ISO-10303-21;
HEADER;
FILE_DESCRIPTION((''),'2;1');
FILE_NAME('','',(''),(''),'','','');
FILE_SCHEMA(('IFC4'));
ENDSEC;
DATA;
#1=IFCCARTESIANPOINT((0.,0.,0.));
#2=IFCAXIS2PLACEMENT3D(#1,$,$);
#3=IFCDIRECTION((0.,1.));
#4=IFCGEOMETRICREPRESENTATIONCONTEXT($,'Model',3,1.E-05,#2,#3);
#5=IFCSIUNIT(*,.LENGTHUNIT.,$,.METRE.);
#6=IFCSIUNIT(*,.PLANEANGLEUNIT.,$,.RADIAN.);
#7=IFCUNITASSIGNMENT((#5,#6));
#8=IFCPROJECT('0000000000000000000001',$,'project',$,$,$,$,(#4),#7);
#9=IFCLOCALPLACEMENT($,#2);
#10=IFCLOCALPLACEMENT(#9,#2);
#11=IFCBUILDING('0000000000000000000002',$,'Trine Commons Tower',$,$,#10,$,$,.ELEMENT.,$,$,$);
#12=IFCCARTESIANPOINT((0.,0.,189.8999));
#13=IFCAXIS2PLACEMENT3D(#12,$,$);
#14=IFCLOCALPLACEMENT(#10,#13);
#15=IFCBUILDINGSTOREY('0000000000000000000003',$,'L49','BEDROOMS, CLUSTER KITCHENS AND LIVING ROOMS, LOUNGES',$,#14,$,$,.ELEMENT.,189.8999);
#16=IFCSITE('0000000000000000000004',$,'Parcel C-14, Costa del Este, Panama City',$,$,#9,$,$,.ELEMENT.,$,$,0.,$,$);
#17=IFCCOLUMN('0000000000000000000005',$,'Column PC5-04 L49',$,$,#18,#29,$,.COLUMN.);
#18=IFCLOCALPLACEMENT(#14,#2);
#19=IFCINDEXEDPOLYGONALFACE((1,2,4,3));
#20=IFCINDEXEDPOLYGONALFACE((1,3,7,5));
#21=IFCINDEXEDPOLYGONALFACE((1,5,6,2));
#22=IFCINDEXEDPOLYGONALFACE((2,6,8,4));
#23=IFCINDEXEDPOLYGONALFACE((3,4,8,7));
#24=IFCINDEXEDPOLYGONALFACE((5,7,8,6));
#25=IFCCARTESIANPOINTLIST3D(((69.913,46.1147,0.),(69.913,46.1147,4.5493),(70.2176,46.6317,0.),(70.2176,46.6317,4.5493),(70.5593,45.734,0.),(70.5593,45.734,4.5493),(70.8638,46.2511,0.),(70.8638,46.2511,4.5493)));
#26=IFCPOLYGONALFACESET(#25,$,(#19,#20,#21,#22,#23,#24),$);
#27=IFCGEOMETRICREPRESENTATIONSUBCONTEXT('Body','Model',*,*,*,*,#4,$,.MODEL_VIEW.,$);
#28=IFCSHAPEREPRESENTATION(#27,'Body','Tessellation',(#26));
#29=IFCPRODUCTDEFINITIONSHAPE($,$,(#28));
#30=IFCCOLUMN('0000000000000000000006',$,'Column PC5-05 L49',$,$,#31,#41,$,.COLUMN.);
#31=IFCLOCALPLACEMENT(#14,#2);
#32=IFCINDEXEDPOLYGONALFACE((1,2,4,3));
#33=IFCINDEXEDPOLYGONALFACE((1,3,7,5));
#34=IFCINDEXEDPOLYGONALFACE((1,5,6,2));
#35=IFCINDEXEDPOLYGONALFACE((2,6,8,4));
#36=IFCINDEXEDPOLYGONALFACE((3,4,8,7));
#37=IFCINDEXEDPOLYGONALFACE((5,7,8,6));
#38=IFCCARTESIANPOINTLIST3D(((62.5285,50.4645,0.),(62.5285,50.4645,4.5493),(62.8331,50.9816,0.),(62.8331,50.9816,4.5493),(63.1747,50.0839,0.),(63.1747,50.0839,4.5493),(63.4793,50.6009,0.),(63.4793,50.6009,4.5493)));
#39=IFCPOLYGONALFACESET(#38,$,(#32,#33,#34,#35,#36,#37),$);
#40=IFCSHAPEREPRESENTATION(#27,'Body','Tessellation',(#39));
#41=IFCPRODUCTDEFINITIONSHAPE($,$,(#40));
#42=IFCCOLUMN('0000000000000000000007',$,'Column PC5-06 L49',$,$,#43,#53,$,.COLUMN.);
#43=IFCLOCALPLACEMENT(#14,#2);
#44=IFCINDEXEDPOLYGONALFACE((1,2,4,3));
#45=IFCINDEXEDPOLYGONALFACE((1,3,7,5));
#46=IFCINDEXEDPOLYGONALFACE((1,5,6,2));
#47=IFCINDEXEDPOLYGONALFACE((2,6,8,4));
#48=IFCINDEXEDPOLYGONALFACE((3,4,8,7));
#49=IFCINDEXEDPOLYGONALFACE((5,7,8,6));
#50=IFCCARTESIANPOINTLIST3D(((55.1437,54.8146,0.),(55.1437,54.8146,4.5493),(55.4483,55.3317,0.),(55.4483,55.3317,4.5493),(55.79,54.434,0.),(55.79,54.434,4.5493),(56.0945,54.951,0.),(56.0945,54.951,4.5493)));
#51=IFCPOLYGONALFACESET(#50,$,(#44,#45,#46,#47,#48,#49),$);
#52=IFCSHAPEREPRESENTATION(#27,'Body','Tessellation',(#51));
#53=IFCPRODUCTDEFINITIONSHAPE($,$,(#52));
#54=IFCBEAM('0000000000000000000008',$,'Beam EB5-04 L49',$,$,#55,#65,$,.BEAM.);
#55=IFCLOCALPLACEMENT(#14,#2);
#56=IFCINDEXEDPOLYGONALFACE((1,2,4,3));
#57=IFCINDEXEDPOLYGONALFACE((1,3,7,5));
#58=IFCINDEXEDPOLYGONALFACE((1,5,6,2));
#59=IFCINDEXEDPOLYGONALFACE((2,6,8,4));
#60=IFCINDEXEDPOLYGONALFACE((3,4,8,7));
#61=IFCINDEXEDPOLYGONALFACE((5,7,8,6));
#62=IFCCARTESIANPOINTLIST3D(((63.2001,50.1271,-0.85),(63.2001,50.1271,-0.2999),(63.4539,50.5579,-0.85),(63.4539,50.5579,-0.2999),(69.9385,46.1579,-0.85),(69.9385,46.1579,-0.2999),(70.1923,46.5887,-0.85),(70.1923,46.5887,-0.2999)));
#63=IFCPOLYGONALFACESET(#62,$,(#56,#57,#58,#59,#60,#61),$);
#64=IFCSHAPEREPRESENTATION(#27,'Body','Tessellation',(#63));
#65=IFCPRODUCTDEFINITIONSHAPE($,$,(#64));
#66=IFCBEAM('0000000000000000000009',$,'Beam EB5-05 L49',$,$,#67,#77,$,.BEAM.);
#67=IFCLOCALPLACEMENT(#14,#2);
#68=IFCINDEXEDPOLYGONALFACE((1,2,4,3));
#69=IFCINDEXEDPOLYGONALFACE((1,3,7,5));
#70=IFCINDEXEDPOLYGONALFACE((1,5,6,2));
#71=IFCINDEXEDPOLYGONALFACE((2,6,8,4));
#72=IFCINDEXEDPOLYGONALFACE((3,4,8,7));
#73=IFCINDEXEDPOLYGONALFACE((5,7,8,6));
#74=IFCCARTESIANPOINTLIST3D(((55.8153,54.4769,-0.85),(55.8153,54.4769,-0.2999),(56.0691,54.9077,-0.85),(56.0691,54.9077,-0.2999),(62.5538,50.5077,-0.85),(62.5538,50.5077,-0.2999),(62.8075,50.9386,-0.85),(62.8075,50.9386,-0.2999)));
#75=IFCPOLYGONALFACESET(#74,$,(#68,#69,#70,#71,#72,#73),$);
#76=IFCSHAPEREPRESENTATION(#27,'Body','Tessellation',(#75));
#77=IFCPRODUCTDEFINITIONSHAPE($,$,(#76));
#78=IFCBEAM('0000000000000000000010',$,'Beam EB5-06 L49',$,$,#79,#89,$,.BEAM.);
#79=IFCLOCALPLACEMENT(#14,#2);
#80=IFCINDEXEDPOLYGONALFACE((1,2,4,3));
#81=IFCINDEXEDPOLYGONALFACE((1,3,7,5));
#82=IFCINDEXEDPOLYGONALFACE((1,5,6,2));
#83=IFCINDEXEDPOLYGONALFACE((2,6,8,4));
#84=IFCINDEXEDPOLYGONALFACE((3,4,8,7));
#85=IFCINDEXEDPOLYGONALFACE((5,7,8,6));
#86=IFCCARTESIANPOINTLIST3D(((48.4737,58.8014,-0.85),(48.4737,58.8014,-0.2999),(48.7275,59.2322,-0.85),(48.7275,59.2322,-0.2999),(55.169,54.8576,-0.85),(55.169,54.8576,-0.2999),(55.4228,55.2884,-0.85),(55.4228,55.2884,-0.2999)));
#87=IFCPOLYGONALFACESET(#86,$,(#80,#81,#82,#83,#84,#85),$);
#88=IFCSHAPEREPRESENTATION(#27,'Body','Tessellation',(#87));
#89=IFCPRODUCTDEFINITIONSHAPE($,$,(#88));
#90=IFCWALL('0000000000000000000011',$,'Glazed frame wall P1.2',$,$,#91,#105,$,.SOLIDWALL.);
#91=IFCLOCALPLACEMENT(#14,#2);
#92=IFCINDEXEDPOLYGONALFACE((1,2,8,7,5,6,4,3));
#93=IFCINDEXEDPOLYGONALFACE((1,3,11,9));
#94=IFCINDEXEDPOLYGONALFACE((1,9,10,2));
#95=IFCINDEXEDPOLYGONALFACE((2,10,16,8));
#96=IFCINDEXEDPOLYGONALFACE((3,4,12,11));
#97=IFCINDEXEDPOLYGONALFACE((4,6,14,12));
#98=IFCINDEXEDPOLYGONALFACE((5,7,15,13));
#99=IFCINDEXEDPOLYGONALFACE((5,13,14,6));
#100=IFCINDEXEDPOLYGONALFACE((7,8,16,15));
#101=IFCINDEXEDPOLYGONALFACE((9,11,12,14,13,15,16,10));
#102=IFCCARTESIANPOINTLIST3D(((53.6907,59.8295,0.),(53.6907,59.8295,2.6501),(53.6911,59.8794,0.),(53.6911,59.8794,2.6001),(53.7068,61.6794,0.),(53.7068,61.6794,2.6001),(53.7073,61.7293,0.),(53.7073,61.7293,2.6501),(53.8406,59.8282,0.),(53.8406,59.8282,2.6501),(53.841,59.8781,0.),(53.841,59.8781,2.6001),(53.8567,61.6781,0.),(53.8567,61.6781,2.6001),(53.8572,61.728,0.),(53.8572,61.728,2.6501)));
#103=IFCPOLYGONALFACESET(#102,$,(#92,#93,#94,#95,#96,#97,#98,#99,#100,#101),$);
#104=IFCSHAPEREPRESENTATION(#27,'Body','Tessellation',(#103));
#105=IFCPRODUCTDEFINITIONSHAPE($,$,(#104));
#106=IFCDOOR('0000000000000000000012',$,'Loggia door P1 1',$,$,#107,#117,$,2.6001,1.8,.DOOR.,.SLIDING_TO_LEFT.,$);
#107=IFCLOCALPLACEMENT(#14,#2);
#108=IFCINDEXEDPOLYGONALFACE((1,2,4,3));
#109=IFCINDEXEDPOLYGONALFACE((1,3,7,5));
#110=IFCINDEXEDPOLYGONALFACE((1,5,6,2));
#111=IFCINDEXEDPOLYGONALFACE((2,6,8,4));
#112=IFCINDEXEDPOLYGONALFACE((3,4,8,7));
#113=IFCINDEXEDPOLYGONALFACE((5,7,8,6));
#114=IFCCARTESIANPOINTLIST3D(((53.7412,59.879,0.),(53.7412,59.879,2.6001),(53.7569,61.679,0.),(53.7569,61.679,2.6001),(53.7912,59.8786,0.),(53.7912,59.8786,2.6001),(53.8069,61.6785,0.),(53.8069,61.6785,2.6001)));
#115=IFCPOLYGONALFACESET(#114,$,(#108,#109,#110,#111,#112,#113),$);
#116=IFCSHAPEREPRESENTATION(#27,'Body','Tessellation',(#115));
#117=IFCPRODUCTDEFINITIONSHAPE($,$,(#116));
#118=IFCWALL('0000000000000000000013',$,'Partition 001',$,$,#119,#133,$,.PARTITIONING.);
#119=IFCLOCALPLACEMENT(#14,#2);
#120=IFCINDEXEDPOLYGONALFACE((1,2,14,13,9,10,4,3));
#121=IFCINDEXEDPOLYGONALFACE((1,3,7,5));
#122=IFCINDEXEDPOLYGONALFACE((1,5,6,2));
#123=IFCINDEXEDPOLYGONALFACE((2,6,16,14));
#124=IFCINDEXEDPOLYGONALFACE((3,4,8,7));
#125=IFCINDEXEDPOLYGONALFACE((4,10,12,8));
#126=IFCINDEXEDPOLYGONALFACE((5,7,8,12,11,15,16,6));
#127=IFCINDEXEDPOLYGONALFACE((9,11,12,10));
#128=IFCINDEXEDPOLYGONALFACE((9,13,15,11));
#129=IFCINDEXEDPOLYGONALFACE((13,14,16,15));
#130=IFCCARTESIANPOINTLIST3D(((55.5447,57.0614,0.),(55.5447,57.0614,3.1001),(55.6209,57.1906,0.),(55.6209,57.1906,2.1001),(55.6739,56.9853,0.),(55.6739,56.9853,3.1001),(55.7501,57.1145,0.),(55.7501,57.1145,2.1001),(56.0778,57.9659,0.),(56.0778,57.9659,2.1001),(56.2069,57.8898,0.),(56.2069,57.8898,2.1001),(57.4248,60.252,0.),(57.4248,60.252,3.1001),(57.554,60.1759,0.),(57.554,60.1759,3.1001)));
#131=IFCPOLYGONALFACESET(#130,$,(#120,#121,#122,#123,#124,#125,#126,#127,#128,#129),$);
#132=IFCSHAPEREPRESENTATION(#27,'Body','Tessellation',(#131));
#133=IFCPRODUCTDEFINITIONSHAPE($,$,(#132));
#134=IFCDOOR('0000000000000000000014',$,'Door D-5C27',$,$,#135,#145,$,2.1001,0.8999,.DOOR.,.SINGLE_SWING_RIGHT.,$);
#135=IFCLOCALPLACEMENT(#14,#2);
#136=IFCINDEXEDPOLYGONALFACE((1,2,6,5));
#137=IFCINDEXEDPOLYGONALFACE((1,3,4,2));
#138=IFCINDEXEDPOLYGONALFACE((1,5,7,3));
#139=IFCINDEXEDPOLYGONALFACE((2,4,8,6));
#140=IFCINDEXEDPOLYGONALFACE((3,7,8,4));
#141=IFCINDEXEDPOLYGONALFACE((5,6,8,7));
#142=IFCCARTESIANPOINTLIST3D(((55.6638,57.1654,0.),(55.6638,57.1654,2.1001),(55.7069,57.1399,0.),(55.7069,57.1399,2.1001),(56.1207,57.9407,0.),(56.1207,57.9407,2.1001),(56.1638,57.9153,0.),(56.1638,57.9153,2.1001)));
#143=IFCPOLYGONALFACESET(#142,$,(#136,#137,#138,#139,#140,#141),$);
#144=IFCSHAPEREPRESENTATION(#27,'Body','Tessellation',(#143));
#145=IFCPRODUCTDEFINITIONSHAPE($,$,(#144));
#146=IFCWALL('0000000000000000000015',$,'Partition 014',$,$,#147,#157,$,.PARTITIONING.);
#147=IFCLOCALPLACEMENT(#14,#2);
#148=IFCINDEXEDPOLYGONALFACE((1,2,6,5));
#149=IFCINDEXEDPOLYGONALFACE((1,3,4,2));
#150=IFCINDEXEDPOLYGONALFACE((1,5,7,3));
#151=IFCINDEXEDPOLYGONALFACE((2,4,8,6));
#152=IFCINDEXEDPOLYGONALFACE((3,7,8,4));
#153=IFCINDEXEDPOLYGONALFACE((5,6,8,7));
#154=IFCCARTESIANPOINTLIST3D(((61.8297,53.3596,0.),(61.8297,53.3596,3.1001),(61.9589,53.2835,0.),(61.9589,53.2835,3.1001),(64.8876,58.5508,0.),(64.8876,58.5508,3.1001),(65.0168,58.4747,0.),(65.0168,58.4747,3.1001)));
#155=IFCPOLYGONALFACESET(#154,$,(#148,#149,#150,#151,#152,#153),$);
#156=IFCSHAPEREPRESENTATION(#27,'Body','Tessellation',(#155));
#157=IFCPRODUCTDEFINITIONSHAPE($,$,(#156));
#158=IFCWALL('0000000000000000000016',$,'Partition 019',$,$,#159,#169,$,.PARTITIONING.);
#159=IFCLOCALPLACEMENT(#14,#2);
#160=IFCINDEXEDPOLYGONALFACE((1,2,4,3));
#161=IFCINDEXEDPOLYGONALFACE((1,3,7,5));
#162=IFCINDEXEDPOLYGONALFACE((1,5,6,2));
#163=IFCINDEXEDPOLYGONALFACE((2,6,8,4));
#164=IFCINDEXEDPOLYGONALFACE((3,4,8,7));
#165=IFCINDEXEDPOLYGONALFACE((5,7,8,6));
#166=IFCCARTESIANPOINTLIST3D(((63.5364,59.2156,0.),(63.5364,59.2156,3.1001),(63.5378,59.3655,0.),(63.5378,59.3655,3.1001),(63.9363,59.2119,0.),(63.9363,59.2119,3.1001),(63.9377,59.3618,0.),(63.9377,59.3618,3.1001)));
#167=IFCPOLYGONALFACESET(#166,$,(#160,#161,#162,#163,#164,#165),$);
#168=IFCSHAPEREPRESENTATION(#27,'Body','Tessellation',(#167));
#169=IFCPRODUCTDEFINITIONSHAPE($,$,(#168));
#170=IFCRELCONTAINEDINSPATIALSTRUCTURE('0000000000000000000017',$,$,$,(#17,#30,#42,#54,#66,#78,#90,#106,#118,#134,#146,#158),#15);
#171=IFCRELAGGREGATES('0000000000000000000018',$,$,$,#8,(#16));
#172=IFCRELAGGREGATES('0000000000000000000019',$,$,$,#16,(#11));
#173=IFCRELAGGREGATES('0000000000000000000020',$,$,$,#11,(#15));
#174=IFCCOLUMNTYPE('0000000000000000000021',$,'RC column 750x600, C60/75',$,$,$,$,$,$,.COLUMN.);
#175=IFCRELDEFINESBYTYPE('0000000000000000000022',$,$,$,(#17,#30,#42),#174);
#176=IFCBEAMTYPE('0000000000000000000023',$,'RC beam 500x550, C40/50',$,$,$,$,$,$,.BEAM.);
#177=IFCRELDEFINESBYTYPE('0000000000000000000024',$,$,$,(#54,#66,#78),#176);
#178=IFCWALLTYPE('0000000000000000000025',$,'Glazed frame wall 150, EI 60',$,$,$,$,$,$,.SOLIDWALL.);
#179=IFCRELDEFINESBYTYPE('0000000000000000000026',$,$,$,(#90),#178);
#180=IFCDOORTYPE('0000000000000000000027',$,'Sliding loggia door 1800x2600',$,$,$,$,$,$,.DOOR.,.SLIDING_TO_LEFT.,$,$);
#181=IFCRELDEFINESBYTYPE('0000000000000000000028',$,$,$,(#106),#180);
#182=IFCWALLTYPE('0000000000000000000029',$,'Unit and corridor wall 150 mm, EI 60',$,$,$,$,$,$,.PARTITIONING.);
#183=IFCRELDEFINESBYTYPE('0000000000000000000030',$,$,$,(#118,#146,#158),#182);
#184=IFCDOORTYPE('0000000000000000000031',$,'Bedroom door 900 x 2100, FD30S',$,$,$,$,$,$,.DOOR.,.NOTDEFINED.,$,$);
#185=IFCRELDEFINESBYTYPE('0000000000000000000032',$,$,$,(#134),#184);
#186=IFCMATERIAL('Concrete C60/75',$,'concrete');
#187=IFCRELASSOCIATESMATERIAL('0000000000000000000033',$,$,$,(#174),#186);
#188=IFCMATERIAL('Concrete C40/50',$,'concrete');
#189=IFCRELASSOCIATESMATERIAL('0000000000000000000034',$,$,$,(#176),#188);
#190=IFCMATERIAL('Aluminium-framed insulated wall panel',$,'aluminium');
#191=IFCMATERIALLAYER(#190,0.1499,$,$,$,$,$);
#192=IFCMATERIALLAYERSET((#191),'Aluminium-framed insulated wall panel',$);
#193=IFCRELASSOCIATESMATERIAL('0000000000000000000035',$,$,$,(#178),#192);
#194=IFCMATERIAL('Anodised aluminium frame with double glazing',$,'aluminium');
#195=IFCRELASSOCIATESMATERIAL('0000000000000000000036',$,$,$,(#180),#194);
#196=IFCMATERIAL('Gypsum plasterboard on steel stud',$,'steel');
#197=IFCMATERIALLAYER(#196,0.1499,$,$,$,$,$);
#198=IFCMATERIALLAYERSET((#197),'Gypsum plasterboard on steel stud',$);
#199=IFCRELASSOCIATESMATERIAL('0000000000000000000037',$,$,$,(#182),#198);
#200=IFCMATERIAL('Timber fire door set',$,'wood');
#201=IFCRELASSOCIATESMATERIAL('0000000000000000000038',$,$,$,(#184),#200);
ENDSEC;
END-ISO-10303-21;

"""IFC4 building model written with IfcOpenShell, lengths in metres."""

from ifc_helpers import new_model, si_unit, direction, frame, frame_2d, origin, origin_2d, place, context, subcontext, project, spatial, polyline, rectangle, outline, extrude, material, layer, layer_set, material_profile, profile_set, type_object, element, fill, save


model = new_model("IFC4")

# Units and contexts
model_context = context("Model", 3, precision=1e-05, world=origin(), true_north=direction((0.0, 1.0)))
body_context = subcontext(model_context, "Body", "Model", "MODEL_VIEW")
ifc_project = project(units=[si_unit("LENGTHUNIT", "METRE"), si_unit("PLANEANGLEUNIT", "RADIAN")], contexts=[model_context])

# Site, building, storey
site_placement = place(None, origin())
site = spatial("IfcSite", under=ifc_project, at=site_placement, Name="Parcel C-14, Costa del Este, Panama City", CompositionType="ELEMENT", RefElevation=0.0)
building_placement = place(site_placement, origin())
building = spatial("IfcBuilding", under=site, at=building_placement, Name="Trine Commons Tower", CompositionType="ELEMENT")
storey_placement = place(building_placement, frame((0.0, 0.0, 189.8999)))
storey = spatial("IfcBuildingStorey", under=building, at=storey_placement, Name="L49", Description="BEDROOMS, CLUSTER KITCHENS AND LIVING ROOMS, LOUNGES", CompositionType="ELEMENT", Elevation=189.8999)

# Columns
ifc_material_1 = material(Name="Concrete C60/75", Category="concrete")
ifc_material_profile_1 = material_profile(ifc_material_1, rectangle(XDim=0.75, YDim=0.6001, at=origin_2d()), Name="RC 750x600")
ifc_profile_set_1 = profile_set([ifc_material_profile_1], Name="Concrete C60/75")
column_type = type_object("IfcColumnType", Name="RC column 750x600, C60/75", PredefinedType="COLUMN", material=ifc_profile_set_1)
for number, where, z_axis, x_axis, name in (
    (1, (70.3884, 46.1829, 0.0), (0.0, 0.0, 1.0), (-0.861629, 0.507538, 0.0), "Column PC5-04 L49"),
    (2, (63.0039, 50.5327, 0.0), (0.0, 0.0, 1.0), (-0.861629, 0.507538, 0.0), "Column PC5-05 L49"),
    (3, (55.6191, 54.8828, 0.0), (0.0, 0.0, 1.0), (-0.861629, 0.507538, 0.0), "Column PC5-06 L49"),
):
    element("IfcColumn", number, at=place(storey_placement, frame(where, z_axis=z_axis, x_axis=x_axis)), inside=storey, type_object=column_type, Name=name, PredefinedType="COLUMN", context=body_context, shape_type="SweptSolid", body=[
        extrude(rectangle(XDim=0.75, YDim=0.6001, at=origin_2d()), origin(), (0.0, 0.0, 1.0), 4.5493),
    ])

# Beams
ifc_material_2 = material(Name="Concrete C40/50", Category="concrete")
ifc_material_profile_2 = material_profile(ifc_material_2, rectangle(XDim=0.5, YDim=0.55, at=origin_2d()), Name="RC 500x550")
ifc_profile_set_2 = profile_set([ifc_material_profile_2], Name="Concrete C40/50")
beam_type = type_object("IfcBeamType", Name="RC beam 500x550, C40/50", PredefinedType="BEAM", material=ifc_profile_set_2)
for number, where, z_axis, x_axis, name in (
    (4, (70.0654, 46.3733, -0.575), (-0.861632, 0.507533, 0.0), (-0.507533, -0.861632, 0.0), "Beam EB5-04 L49"),
    (5, (62.6807, 50.7231, -0.575), (-0.861632, 0.507533, 0.0), (-0.507533, -0.861632, 0.0), "Beam EB5-05 L49"),
):
    element("IfcBeam", number, at=place(storey_placement, frame(where, z_axis=z_axis, x_axis=x_axis)), inside=storey, type_object=beam_type, Name=name, PredefinedType="BEAM", context=body_context, shape_type="SweptSolid", body=[
        extrude(rectangle(XDim=0.5, YDim=0.55, at=origin_2d()), origin(), (0.0, 0.0, 1.0), 7.8206),
    ])
beam_placement = place(storey_placement, frame((55.2959, 55.073, -0.575), z_axis=(-0.861629, 0.507539, 0.0), x_axis=(-0.507539, -0.861629, 0.0)))
element("IfcBeam", 6, at=beam_placement, inside=storey, type_object=beam_type, Name="Beam EB5-06 L49", PredefinedType="BEAM", context=body_context, shape_type="SweptSolid", body=[
    extrude(rectangle(XDim=0.5, YDim=0.55, at=origin_2d()), origin(), (0.0, 0.0, 1.0), 7.7705),
])

# Shared definitions
ifc_material_3 = material(Name="Aluminium-framed insulated wall panel", Category="aluminium")
ifc_layer_1 = layer(ifc_material_3, 0.1499)
ifc_layer_set_1 = layer_set([ifc_layer_1], Name="Aluminium-framed insulated wall panel")
wall_type_1 = type_object("IfcWallType", Name="Glazed frame wall 150, EI 60", PredefinedType="SOLIDWALL", material=ifc_layer_set_1)

# Walls, openings, doors
wall_1_placement = place(storey_placement, frame((53.7656, 59.8289, 0.0), z_axis=(0.0, 0.0, 1.0), x_axis=(0.008738, 0.999962, 0.0)))
wall_1 = element("IfcWall", 7, at=wall_1_placement, inside=storey, type_object=wall_type_1, Name="Glazed frame wall P1.2", PredefinedType="SOLIDWALL", context=body_context, shape_type="SweptSolid", body=[
    extrude(outline(polyline([(0.0, -0.075), (1.8999, -0.075), (1.8999, 0.075), (0.0, 0.075), (0.0, -0.075)])), origin(), (0.0, 0.0, 1.0), 2.6501),
])
opening_1_placement = place(wall_1_placement, frame((0.05, 0.0, 0.0)))
opening_1 = element("IfcOpeningElement", 8, at=opening_1_placement, cuts=wall_1, PredefinedType="OPENING", context=body_context, shape_type="SweptSolid", body=[
    extrude(rectangle(XDim=1.8, YDim=2.6001, at=frame_2d((0.8999, 1.3))), frame((0.0, 0.085, 0.0), z_axis=(0.0, -1.0, 0.0), x_axis=(1.0, 0.0, 0.0)), (0.0, 0.0, 1.0), 0.1699),
])
ifc_material_4 = material(Name="Anodised aluminium frame with double glazing", Category="aluminium")
door_type_1 = type_object("IfcDoorType", Name="Sliding loggia door 1800x2600", OperationType="SLIDING_TO_LEFT", PredefinedType="DOOR", material=ifc_material_4)
door_1_placement = place(opening_1_placement, origin())
door_1 = element("IfcDoor", 9, at=door_1_placement, inside=storey, type_object=door_type_1, Name="Loggia door P1 1", OperationType="SLIDING_TO_LEFT", OverallHeight=2.6001, OverallWidth=1.8, PredefinedType="DOOR", context=body_context, shape_type="SweptSolid", body=[
    extrude(rectangle(XDim=1.8, YDim=2.6001, at=frame_2d((0.8999, 1.3))), frame((0.0, 0.0249, 0.0), z_axis=(0.0, -1.0, 0.0), x_axis=(1.0, 0.0, 0.0)), (0.0, 0.0, 1.0), 0.05),
])
fill(opening_1, door_1)
ifc_material_5 = material(Name="Gypsum plasterboard on steel stud", Category="steel")
ifc_layer_2 = layer(ifc_material_5, 0.1499)
ifc_layer_set_2 = layer_set([ifc_layer_2], Name="Gypsum plasterboard on steel stud")
wall_type_2 = type_object("IfcWallType", Name="Unit and corridor wall 150 mm, EI 60", PredefinedType="PARTITIONING", material=ifc_layer_set_2)
wall_2_placement = place(storey_placement, frame((55.6094, 57.0234, 0.0), z_axis=(0.0, 0.0, 1.0), x_axis=(0.507674, 0.861549, 0.0)))
wall_2 = element("IfcWall", 10, at=wall_2_placement, inside=storey, type_object=wall_type_2, Name="Partition 001", PredefinedType="PARTITIONING", context=body_context, shape_type="SweptSolid", body=[
    extrude(rectangle(XDim=3.7034, YDim=0.1499, at=frame_2d((1.8516, 0.0))), origin(), (0.0, 0.0, 1.0), 3.1001),
])
opening_2_placement = place(wall_2_placement, frame((0.1499, 0.0, 0.0)))
opening_2 = element("IfcOpeningElement", 11, at=opening_2_placement, cuts=wall_2, PredefinedType="OPENING", context=body_context, shape_type="SweptSolid", body=[
    extrude(rectangle(XDim=0.8999, YDim=2.1001, at=frame_2d((0.45, 1.05))), frame((0.0, 0.085, 0.0), z_axis=(0.0, -1.0, 0.0), x_axis=(1.0, 0.0, 0.0)), (0.0, 0.0, 1.0), 0.1699),
])
ifc_material_6 = material(Name="Timber fire door set", Category="wood")
door_type_2 = type_object("IfcDoorType", Name="Bedroom door 900 x 2100, FD30S", OperationType="NOTDEFINED", PredefinedType="DOOR", material=ifc_material_6)
door_2_placement = place(opening_2_placement, frame((0.8999, 0.0, 0.0), z_axis=(0.0, 0.0, 1.0), x_axis=(-1.0, 0.0, 0.0)))
door_2 = element("IfcDoor", 12, at=door_2_placement, inside=storey, type_object=door_type_2, Name="Door D-5C27", OperationType="SINGLE_SWING_RIGHT", OverallHeight=2.1001, OverallWidth=0.8999, PredefinedType="DOOR", context=body_context, shape_type="SweptSolid", body=[
    extrude(rectangle(XDim=0.8999, YDim=2.1001, at=frame_2d((0.45, 1.05))), frame((0.0, 0.0249, 0.0), z_axis=(0.0, -1.0, 0.0), x_axis=(1.0, 0.0, 0.0)), (0.0, 0.0, 1.0), 0.05),
])
fill(opening_2, door_2)

# Walls
wall_3_placement = place(storey_placement, frame((61.8943, 53.3215, 0.0), z_axis=(0.0, 0.0, 1.0), x_axis=(0.507542, 0.861627, 0.0)))
element("IfcWall", 13, at=wall_3_placement, inside=storey, type_object=wall_type_2, Name="Partition 014", PredefinedType="PARTITIONING", context=body_context, shape_type="SweptSolid", body=[
    extrude(rectangle(XDim=6.0249, YDim=0.1499, at=frame_2d((3.0125, 0.0))), origin(), (0.0, 0.0, 1.0), 3.1001),
])
wall_4_placement = place(storey_placement, frame((63.5371, 59.2905, 0.0), z_axis=(0.0, 0.0, 1.0), x_axis=(0.999958, -0.009157, 0.0)))
element("IfcWall", 14, at=wall_4_placement, inside=storey, type_object=wall_type_2, Name="Partition 019", PredefinedType="PARTITIONING", context=body_context, shape_type="SweptSolid", body=[
    extrude(rectangle(XDim=0.3999, YDim=0.1499, at=frame_2d((0.2, 0.0))), origin(), (0.0, 0.0, 1.0), 3.1001),
])

save(model, "model.ifc")
